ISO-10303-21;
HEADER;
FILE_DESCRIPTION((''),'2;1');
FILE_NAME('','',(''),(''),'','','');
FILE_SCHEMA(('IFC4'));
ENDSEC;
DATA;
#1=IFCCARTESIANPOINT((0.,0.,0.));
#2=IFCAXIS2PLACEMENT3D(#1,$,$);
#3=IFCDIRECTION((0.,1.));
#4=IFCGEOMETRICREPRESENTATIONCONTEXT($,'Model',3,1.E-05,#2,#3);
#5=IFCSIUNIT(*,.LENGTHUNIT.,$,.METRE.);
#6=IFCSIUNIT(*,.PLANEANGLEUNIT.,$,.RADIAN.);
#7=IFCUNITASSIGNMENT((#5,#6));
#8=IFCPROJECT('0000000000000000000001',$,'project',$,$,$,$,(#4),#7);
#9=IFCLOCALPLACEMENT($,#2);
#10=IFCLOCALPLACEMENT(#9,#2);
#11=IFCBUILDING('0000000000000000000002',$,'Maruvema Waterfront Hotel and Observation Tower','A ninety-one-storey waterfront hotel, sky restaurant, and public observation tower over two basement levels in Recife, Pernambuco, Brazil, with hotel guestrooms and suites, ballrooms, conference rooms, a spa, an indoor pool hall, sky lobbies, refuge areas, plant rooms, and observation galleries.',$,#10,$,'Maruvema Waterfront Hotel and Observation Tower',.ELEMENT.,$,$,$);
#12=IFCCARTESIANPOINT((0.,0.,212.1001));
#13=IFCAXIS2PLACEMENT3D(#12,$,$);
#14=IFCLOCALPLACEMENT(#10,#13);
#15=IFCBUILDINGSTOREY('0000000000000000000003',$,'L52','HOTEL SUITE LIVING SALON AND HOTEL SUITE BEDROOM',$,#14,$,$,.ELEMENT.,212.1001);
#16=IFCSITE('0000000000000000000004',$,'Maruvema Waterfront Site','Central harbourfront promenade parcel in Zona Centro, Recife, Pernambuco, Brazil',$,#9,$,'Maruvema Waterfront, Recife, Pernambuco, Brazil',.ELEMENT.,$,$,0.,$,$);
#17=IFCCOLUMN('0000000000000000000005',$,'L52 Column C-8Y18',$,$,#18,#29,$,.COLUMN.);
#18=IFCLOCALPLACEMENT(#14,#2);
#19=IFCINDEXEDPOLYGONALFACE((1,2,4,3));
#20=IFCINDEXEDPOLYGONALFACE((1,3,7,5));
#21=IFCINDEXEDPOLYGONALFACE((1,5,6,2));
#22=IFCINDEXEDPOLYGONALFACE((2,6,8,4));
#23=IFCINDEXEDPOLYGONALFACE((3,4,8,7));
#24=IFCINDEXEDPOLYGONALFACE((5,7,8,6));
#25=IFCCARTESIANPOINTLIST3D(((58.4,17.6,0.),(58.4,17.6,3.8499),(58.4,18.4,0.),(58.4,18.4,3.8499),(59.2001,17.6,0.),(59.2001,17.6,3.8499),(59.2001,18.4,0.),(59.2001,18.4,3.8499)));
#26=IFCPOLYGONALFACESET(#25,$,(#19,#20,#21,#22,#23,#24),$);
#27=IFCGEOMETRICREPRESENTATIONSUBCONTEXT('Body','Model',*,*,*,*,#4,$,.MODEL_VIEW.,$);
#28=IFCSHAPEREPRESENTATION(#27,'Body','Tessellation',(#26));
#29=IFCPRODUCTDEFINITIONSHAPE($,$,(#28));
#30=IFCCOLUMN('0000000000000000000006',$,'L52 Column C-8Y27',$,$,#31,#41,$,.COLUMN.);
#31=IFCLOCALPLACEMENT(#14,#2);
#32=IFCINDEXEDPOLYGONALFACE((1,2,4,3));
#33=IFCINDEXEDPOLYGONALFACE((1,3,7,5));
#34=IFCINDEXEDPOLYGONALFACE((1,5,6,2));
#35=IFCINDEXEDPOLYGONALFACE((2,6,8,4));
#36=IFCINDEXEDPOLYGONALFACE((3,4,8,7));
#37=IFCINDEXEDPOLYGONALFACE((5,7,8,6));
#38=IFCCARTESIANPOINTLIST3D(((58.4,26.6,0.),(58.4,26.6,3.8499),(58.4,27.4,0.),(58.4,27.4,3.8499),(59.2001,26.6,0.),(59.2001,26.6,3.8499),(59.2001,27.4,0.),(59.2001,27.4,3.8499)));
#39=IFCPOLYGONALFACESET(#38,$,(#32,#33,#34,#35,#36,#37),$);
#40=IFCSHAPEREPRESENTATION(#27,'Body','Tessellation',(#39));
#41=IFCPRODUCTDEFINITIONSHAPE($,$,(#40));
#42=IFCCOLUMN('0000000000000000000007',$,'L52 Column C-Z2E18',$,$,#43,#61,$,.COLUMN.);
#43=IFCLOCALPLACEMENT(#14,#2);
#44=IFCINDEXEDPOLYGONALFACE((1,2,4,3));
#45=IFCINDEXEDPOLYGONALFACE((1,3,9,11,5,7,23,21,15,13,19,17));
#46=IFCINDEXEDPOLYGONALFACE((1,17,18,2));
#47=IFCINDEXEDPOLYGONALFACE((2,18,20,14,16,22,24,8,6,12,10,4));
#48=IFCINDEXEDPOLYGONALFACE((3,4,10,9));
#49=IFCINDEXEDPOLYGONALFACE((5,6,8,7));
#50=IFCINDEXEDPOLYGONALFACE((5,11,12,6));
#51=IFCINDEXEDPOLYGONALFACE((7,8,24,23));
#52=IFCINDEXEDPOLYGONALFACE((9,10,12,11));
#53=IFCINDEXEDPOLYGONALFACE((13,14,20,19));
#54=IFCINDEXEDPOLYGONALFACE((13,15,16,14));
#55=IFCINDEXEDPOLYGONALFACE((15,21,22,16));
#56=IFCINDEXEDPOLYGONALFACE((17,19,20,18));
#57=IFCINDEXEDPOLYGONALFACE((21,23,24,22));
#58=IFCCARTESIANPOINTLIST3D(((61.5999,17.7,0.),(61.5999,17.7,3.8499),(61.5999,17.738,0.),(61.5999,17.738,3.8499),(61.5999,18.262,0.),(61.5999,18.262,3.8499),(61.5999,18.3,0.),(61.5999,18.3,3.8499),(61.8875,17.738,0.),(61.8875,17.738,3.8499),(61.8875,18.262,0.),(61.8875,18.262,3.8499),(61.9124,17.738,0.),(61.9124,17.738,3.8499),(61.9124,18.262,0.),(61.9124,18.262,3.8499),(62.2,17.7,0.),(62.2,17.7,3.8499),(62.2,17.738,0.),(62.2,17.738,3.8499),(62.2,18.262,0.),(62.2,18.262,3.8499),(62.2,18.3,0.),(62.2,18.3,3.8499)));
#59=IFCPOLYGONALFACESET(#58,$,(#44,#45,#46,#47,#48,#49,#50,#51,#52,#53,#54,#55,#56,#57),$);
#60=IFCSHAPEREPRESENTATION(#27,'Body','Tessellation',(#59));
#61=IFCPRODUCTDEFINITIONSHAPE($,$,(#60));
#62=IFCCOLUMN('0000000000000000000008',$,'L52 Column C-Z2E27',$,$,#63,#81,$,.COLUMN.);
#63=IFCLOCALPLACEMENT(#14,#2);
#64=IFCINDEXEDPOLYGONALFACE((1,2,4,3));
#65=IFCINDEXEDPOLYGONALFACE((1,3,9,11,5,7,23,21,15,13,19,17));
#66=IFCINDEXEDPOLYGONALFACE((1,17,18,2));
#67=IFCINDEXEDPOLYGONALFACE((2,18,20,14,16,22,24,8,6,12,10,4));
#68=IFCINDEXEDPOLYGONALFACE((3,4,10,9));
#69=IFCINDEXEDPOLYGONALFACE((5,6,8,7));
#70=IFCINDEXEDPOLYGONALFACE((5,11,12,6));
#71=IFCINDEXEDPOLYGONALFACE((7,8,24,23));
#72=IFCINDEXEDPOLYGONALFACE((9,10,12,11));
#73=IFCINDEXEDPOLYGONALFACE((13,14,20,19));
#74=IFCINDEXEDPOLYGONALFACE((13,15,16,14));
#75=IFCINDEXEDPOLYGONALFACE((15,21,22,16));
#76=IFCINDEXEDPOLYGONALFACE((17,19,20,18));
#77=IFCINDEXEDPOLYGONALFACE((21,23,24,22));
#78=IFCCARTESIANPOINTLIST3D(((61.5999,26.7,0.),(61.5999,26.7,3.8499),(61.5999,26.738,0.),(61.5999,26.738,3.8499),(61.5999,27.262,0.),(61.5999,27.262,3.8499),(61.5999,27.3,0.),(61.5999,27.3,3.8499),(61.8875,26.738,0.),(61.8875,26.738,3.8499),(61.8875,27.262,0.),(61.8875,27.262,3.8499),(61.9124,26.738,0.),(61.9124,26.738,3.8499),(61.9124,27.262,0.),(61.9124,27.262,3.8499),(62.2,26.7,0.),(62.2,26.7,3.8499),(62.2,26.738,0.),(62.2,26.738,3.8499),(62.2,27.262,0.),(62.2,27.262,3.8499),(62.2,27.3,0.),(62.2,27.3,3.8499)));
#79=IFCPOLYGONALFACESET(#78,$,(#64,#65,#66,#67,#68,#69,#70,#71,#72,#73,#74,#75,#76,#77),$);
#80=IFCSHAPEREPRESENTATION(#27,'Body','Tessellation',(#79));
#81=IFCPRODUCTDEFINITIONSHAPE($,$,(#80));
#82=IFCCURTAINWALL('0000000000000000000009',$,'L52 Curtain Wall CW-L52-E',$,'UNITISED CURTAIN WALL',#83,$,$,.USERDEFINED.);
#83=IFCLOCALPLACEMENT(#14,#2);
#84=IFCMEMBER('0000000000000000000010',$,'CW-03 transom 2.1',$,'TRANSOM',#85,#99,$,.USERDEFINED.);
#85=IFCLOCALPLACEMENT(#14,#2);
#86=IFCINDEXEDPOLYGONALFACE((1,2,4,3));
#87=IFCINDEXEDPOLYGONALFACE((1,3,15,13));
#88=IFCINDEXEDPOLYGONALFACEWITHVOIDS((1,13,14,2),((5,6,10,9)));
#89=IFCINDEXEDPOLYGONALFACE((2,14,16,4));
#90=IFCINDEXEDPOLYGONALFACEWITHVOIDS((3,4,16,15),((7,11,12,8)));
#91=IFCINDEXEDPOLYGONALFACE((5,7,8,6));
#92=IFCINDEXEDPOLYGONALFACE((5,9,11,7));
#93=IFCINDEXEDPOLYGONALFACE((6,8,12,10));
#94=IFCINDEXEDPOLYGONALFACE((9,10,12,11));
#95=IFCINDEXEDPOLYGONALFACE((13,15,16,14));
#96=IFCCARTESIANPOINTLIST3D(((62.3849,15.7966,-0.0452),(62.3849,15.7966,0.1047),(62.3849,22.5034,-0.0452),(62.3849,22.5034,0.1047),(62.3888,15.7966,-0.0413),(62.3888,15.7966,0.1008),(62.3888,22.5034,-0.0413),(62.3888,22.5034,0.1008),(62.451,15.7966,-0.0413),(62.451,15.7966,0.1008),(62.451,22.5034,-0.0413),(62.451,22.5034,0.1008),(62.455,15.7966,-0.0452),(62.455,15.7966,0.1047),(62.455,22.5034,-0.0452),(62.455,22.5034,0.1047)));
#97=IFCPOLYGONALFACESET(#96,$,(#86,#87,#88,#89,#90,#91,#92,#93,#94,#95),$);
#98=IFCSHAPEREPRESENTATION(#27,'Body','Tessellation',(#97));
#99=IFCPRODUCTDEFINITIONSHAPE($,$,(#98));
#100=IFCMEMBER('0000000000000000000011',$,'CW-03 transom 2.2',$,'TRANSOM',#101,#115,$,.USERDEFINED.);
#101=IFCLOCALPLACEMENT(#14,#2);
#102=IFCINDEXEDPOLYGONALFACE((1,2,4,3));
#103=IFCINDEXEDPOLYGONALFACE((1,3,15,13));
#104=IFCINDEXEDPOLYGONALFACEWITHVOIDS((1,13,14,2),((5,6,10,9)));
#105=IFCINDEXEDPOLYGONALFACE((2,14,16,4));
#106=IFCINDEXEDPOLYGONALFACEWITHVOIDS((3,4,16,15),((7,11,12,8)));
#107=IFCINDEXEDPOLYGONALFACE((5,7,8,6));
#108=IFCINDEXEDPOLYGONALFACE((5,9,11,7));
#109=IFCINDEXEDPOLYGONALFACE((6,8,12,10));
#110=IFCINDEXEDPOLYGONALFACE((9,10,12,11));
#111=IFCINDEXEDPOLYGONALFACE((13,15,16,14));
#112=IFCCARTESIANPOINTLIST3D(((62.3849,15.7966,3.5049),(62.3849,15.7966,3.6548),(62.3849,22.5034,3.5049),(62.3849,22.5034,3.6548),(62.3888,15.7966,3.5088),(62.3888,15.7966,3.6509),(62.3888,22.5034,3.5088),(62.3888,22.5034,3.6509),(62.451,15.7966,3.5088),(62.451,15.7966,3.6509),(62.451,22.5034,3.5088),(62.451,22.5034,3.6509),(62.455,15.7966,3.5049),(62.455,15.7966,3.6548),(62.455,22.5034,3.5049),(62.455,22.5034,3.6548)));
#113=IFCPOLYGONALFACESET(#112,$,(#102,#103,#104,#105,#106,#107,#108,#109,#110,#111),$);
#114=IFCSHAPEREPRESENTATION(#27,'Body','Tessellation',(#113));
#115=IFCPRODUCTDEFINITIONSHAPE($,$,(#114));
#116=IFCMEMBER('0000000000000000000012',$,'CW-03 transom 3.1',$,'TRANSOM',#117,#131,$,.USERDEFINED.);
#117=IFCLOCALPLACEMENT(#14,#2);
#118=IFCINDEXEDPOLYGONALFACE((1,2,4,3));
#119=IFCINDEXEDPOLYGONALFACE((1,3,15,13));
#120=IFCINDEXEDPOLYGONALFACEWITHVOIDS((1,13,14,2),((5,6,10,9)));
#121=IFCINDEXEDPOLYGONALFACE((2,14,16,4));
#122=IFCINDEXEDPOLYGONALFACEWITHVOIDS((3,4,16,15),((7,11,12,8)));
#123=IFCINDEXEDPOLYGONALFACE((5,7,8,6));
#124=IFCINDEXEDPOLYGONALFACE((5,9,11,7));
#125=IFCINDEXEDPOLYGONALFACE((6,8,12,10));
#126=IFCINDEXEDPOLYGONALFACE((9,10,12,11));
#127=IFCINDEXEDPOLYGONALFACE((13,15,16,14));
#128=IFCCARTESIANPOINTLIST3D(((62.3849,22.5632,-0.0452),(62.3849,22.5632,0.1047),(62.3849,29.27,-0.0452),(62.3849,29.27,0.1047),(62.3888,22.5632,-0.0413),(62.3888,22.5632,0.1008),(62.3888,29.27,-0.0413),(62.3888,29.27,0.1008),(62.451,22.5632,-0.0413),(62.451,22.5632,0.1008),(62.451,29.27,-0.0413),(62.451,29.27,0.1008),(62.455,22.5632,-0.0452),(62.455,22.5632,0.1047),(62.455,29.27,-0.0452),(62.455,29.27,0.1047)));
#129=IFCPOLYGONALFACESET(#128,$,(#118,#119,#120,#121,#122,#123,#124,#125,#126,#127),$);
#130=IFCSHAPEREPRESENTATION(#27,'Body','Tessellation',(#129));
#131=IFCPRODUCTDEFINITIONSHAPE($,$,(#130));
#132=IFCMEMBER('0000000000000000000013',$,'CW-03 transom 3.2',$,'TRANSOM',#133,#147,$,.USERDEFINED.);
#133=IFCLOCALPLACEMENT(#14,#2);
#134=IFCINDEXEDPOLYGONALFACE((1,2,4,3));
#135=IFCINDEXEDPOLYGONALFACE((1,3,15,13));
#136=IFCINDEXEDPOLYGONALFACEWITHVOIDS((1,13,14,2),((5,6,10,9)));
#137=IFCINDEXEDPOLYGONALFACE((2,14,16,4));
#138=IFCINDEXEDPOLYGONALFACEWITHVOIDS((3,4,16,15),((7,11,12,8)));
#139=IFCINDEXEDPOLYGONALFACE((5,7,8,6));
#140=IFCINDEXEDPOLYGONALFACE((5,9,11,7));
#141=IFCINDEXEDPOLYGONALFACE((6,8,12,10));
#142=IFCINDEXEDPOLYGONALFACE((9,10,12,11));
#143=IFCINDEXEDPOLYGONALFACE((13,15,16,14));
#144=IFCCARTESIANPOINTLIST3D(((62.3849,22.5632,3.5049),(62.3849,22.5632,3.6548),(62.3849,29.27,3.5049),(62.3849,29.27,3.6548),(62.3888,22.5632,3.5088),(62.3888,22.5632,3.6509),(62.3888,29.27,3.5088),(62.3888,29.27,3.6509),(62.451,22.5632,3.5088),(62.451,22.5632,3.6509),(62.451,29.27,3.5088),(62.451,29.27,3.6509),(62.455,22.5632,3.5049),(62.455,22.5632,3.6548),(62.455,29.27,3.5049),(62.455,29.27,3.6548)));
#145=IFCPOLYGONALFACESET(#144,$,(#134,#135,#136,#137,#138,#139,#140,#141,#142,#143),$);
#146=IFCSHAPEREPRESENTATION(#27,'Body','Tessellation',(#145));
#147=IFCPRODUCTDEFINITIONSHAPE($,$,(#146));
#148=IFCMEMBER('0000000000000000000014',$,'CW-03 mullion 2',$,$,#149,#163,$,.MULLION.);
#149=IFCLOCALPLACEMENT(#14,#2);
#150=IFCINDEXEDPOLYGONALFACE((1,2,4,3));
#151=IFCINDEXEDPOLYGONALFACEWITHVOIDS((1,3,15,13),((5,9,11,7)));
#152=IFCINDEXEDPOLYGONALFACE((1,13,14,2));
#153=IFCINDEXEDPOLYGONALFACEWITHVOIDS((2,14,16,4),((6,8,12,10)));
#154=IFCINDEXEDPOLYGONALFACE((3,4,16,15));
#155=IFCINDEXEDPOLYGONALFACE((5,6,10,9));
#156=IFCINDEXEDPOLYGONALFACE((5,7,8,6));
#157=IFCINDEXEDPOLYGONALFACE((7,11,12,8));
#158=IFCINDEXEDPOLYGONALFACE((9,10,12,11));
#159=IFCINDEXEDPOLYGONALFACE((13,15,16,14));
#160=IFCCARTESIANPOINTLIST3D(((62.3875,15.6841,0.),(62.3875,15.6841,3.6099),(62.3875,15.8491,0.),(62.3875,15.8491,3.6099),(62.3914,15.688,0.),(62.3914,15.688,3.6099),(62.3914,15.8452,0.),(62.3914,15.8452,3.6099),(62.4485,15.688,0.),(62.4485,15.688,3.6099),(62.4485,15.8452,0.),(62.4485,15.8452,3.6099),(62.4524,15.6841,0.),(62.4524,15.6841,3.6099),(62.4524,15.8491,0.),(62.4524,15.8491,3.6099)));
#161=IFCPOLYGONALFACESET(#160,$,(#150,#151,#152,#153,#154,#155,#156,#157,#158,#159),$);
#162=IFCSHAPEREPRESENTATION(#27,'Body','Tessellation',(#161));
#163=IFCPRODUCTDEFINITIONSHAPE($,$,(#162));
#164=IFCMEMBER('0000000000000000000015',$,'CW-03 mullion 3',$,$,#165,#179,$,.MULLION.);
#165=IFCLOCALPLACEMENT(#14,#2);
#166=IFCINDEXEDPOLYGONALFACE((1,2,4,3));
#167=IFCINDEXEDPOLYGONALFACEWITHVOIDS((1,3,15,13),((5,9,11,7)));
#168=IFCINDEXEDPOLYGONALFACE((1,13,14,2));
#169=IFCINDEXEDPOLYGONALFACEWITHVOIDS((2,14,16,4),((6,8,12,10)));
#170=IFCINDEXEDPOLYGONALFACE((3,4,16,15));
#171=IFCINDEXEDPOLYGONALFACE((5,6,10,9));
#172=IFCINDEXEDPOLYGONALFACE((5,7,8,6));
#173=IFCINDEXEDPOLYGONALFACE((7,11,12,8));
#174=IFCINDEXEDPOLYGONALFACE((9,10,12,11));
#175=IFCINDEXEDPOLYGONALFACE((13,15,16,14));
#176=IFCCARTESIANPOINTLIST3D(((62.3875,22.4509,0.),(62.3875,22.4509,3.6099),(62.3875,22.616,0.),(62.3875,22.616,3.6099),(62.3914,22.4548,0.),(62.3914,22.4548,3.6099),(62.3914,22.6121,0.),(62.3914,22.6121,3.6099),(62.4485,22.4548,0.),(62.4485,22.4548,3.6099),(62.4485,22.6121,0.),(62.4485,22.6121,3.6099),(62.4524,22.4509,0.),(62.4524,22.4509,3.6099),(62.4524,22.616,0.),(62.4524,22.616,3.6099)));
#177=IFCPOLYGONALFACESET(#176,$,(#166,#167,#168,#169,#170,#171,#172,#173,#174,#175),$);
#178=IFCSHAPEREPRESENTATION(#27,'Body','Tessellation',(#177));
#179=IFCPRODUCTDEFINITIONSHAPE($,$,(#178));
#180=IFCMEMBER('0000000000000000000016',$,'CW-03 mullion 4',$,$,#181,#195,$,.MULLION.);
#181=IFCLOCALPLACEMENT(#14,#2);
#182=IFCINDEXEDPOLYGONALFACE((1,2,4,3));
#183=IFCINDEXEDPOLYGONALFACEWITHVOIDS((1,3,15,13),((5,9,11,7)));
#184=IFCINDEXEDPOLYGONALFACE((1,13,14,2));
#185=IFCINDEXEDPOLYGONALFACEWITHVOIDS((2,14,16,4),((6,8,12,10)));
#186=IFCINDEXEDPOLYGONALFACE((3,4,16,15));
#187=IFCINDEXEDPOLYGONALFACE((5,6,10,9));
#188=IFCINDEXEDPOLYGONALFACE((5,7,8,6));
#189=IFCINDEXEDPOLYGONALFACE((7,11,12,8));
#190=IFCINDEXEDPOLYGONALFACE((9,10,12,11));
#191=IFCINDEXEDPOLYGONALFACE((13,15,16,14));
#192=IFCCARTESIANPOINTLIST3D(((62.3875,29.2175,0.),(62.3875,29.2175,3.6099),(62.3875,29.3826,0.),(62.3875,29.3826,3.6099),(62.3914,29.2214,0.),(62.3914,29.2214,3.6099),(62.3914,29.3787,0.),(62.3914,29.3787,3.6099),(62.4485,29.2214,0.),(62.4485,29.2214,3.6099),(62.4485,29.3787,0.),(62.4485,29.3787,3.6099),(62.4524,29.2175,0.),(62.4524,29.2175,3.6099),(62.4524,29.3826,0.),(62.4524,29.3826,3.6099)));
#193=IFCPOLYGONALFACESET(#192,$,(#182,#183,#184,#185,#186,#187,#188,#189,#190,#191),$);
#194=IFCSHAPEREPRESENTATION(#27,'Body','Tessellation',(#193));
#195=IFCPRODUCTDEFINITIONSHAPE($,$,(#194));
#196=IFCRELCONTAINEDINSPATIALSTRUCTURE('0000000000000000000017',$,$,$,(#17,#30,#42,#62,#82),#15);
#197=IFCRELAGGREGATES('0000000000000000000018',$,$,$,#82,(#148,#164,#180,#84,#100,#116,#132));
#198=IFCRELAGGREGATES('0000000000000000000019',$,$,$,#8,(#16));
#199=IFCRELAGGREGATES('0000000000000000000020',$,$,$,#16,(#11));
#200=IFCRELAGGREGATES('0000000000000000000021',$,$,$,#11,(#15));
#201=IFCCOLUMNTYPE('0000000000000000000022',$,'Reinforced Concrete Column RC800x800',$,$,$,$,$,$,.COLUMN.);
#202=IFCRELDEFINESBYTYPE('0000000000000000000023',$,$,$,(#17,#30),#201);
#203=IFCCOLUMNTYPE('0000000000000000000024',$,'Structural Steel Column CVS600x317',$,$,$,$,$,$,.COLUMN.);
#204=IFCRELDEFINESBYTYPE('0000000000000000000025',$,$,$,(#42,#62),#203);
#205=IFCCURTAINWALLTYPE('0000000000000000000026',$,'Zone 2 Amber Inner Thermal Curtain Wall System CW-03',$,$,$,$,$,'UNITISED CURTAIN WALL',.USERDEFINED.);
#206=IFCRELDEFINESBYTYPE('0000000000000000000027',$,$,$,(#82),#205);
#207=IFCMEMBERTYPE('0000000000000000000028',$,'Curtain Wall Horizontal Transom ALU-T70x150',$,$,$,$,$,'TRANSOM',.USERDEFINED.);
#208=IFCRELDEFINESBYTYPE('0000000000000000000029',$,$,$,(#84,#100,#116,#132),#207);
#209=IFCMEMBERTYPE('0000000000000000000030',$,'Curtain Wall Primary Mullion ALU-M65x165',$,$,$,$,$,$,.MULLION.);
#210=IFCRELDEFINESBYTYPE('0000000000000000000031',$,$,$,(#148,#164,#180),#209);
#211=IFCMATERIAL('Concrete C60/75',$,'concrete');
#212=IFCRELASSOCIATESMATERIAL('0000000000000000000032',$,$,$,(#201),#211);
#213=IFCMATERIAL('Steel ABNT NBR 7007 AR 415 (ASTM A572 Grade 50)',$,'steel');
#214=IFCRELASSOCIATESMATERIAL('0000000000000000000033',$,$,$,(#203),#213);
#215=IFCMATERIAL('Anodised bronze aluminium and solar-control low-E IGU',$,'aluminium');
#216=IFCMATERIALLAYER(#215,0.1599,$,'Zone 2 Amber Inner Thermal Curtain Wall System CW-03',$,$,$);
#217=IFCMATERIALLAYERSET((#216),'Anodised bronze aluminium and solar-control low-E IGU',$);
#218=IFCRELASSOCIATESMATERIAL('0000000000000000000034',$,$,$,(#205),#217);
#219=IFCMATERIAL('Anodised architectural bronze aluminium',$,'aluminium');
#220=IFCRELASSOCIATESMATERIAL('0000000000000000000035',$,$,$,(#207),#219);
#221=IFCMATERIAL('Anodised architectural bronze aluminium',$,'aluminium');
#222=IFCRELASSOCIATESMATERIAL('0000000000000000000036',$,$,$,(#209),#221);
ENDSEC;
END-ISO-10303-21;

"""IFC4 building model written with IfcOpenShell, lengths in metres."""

from ifc_helpers import new_model, si_unit, direction, frame, origin, origin_2d, place, context, subcontext, project, spatial, rectangle, hollow_rectangle, i_section, extrude, material, layer, layer_set, material_profile, profile_set, type_object, element, aggregate, save


model = new_model("IFC4")

# Units and contexts
model_context = context("Model", 3, precision=1e-05, world=origin(), true_north=direction((0.0, 1.0)))
body_context = subcontext(model_context, "Body", "Model", "MODEL_VIEW")
ifc_project = project(units=[si_unit("LENGTHUNIT", "METRE"), si_unit("PLANEANGLEUNIT", "RADIAN")], contexts=[model_context])

# Site, building, storey
site_placement = place(None, origin())
site = spatial("IfcSite", under=ifc_project, at=site_placement, Name="Maruvema Waterfront Site", Description="Central harbourfront promenade parcel in Zona Centro, Recife, Pernambuco, Brazil", LongName="Maruvema Waterfront, Recife, Pernambuco, Brazil", CompositionType="ELEMENT", RefElevation=0.0)
building_placement = place(site_placement, origin())
building = spatial("IfcBuilding", under=site, at=building_placement, Name="Maruvema Waterfront Hotel and Observation Tower", Description="A ninety-one-storey waterfront hotel, sky restaurant, and public observation tower over two basement levels in Recife, Pernambuco, Brazil, with hotel guestrooms and suites, ballrooms, conference rooms, a spa, an indoor pool hall, sky lobbies, refuge areas, plant rooms, and observation galleries.", LongName="Maruvema Waterfront Hotel and Observation Tower", CompositionType="ELEMENT")
storey_placement = place(building_placement, frame((0.0, 0.0, 212.1001)))
storey = spatial("IfcBuildingStorey", under=building, at=storey_placement, Name="L52", Description="HOTEL SUITE LIVING SALON AND HOTEL SUITE BEDROOM", CompositionType="ELEMENT", Elevation=212.1001)

# Columns
ifc_material_1 = material(Name="Concrete C60/75", Category="concrete")
ifc_material_profile_1 = material_profile(ifc_material_1, rectangle(XDim=0.8, YDim=0.8, at=origin_2d()), Name="RC800x800")
ifc_profile_set_1 = profile_set([ifc_material_profile_1], Name="Concrete C60/75")
column_type_1 = type_object("IfcColumnType", Name="Reinforced Concrete Column RC800x800", PredefinedType="COLUMN", material=ifc_profile_set_1)
for number, where, z_axis, x_axis, name in (
    (1, (58.8, 18.0, 0.0), (0.0, 0.0, 1.0), (1.0, 0.0, 0.0), "L52 Column C-8Y18"),
    (2, (58.8, 27.0, 0.0), (0.0, 0.0, 1.0), (1.0, 0.0, 0.0), "L52 Column C-8Y27"),
):
    element("IfcColumn", number, at=place(storey_placement, frame(where, z_axis=z_axis, x_axis=x_axis)), inside=storey, type_object=column_type_1, Name=name, PredefinedType="COLUMN", context=body_context, shape_type="SweptSolid", body=[
        extrude(rectangle(XDim=0.8, YDim=0.8, at=origin_2d()), origin(), (0.0, 0.0, 1.0), 3.8499),
    ])
ifc_material_2 = material(Name="Steel ABNT NBR 7007 AR 415 (ASTM A572 Grade 50)", Category="steel")
ifc_material_profile_2 = material_profile(ifc_material_2, i_section(OverallWidth=0.6001, OverallDepth=0.6001, WebThickness=0.0249, FlangeThickness=0.0381, at=origin_2d()), Name="CVS600x317")
ifc_profile_set_2 = profile_set([ifc_material_profile_2], Name="Steel ABNT NBR 7007 AR 415 (ASTM A572 Grade 50)")
column_type_2 = type_object("IfcColumnType", Name="Structural Steel Column CVS600x317", PredefinedType="COLUMN", material=ifc_profile_set_2)
for number, where, z_axis, x_axis, name in (
    (3, (61.8999, 18.0, 0.0), (0.0, 0.0, 1.0), (1.0, 0.0, 0.0), "L52 Column C-Z2E18"),
    (4, (61.8999, 27.0, 0.0), (0.0, 0.0, 1.0), (1.0, 0.0, 0.0), "L52 Column C-Z2E27"),
):
    element("IfcColumn", number, at=place(storey_placement, frame(where, z_axis=z_axis, x_axis=x_axis)), inside=storey, type_object=column_type_2, Name=name, PredefinedType="COLUMN", context=body_context, shape_type="SweptSolid", body=[
        extrude(i_section(OverallWidth=0.6001, OverallDepth=0.6001, WebThickness=0.0249, FlangeThickness=0.0381, at=origin_2d()), origin(), (0.0, 0.0, 1.0), 3.8499),
    ])

# Curtain wall, members
ifc_material_3 = material(Name="Anodised bronze aluminium and solar-control low-E IGU", Category="aluminium")
ifc_layer_1 = layer(ifc_material_3, 0.1599, Name="Zone 2 Amber Inner Thermal Curtain Wall System CW-03")
ifc_layer_set_1 = layer_set([ifc_layer_1], Name="Anodised bronze aluminium and solar-control low-E IGU")
curtain_wall_type = type_object("IfcCurtainWallType", Name="Zone 2 Amber Inner Thermal Curtain Wall System CW-03", ElementType="UNITISED CURTAIN WALL", PredefinedType="USERDEFINED", material=ifc_layer_set_1)
curtain_wall_placement = place(storey_placement, origin())
curtain_wall = element("IfcCurtainWall", 5, at=curtain_wall_placement, inside=storey, type_object=curtain_wall_type, Name="L52 Curtain Wall CW-L52-E", ObjectType="UNITISED CURTAIN WALL", PredefinedType="USERDEFINED")
ifc_material_4 = material(Name="Anodised architectural bronze aluminium", Category="aluminium")
ifc_material_profile_3 = material_profile(ifc_material_4, hollow_rectangle(XDim=0.0701, YDim=0.1499, WallThickness=0.0039, at=origin_2d()), Name="ALU-T70x150")
ifc_profile_set_3 = profile_set([ifc_material_profile_3], Name="Anodised architectural bronze aluminium")
member_type_1 = type_object("IfcMemberType", Name="Curtain Wall Horizontal Transom ALU-T70x150", ElementType="TRANSOM", PredefinedType="USERDEFINED", material=ifc_profile_set_3)
member_1_placement = place(storey_placement, frame((62.4199, 15.7966, 0.0298), z_axis=(0.0, 1.0, 0.0), x_axis=(-1.0, 0.0, 0.0)))
member_1 = element("IfcMember", 6, at=member_1_placement, type_object=member_type_1, Name="CW-03 transom 2.1", ObjectType="TRANSOM", PredefinedType="USERDEFINED", context=body_context, shape_type="SweptSolid", body=[
    extrude(hollow_rectangle(XDim=0.0701, YDim=0.1499, WallThickness=0.0039, at=origin_2d()), origin(), (0.0, 0.0, 1.0), 6.7068),
])
member_2_placement = place(storey_placement, frame((62.4199, 15.7966, 3.5798), z_axis=(0.0, 1.0, 0.0), x_axis=(-1.0, 0.0, 0.0)))
member_2 = element("IfcMember", 7, at=member_2_placement, type_object=member_type_1, Name="CW-03 transom 2.2", ObjectType="TRANSOM", PredefinedType="USERDEFINED", context=body_context, shape_type="SweptSolid", body=[
    extrude(hollow_rectangle(XDim=0.0701, YDim=0.1499, WallThickness=0.0039, at=origin_2d()), origin(), (0.0, 0.0, 1.0), 6.7068),
])
member_3_placement = place(storey_placement, frame((62.4199, 22.5632, 0.0298), z_axis=(0.0, 1.0, 0.0), x_axis=(-1.0, 0.0, 0.0)))
member_3 = element("IfcMember", 8, at=member_3_placement, type_object=member_type_1, Name="CW-03 transom 3.1", ObjectType="TRANSOM", PredefinedType="USERDEFINED", context=body_context, shape_type="SweptSolid", body=[
    extrude(hollow_rectangle(XDim=0.0701, YDim=0.1499, WallThickness=0.0039, at=origin_2d()), origin(), (0.0, 0.0, 1.0), 6.7068),
])
member_4_placement = place(storey_placement, frame((62.4199, 22.5632, 3.5798), z_axis=(0.0, 1.0, 0.0), x_axis=(-1.0, 0.0, 0.0)))
member_4 = element("IfcMember", 9, at=member_4_placement, type_object=member_type_1, Name="CW-03 transom 3.2", ObjectType="TRANSOM", PredefinedType="USERDEFINED", context=body_context, shape_type="SweptSolid", body=[
    extrude(hollow_rectangle(XDim=0.0701, YDim=0.1499, WallThickness=0.0039, at=origin_2d()), origin(), (0.0, 0.0, 1.0), 6.7068),
])
ifc_material_5 = material(Name="Anodised architectural bronze aluminium", Category="aluminium")
ifc_material_profile_4 = material_profile(ifc_material_5, hollow_rectangle(XDim=0.0649, YDim=0.165, WallThickness=0.0039, at=origin_2d()), Name="ALU-M65x165")
ifc_profile_set_4 = profile_set([ifc_material_profile_4], Name="Anodised architectural bronze aluminium")
member_type_2 = type_object("IfcMemberType", Name="Curtain Wall Primary Mullion ALU-M65x165", PredefinedType="MULLION", material=ifc_profile_set_4)
member_5_placement = place(storey_placement, frame((62.4199, 15.7666, 0.0), z_axis=(0.0, 0.0, 1.0), x_axis=(-1.0, 0.0, 0.0)))
member_5 = element("IfcMember", 10, at=member_5_placement, type_object=member_type_2, Name="CW-03 mullion 2", PredefinedType="MULLION", context=body_context, shape_type="SweptSolid", body=[
    extrude(hollow_rectangle(XDim=0.0649, YDim=0.165, WallThickness=0.0039, at=origin_2d()), origin(), (0.0, 0.0, 1.0), 3.6099),
])
member_6_placement = place(storey_placement, frame((62.4199, 22.5334, 0.0), z_axis=(0.0, 0.0, 1.0), x_axis=(-1.0, 0.0, 0.0)))
member_6 = element("IfcMember", 11, at=member_6_placement, type_object=member_type_2, Name="CW-03 mullion 3", PredefinedType="MULLION", context=body_context, shape_type="SweptSolid", body=[
    extrude(hollow_rectangle(XDim=0.0649, YDim=0.165, WallThickness=0.0039, at=origin_2d()), origin(), (0.0, 0.0, 1.0), 3.6099),
])
member_7_placement = place(storey_placement, frame((62.4199, 29.3, 0.0), z_axis=(0.0, 0.0, 1.0), x_axis=(-1.0, 0.0, 0.0)))
member_7 = element("IfcMember", 12, at=member_7_placement, type_object=member_type_2, Name="CW-03 mullion 4", PredefinedType="MULLION", context=body_context, shape_type="SweptSolid", body=[
    extrude(hollow_rectangle(XDim=0.0649, YDim=0.165, WallThickness=0.0039, at=origin_2d()), origin(), (0.0, 0.0, 1.0), 3.6099),
])

aggregate(curtain_wall, [member_5, member_6, member_7, member_1, member_2, member_3, member_4])

save(model, "model.ifc")
